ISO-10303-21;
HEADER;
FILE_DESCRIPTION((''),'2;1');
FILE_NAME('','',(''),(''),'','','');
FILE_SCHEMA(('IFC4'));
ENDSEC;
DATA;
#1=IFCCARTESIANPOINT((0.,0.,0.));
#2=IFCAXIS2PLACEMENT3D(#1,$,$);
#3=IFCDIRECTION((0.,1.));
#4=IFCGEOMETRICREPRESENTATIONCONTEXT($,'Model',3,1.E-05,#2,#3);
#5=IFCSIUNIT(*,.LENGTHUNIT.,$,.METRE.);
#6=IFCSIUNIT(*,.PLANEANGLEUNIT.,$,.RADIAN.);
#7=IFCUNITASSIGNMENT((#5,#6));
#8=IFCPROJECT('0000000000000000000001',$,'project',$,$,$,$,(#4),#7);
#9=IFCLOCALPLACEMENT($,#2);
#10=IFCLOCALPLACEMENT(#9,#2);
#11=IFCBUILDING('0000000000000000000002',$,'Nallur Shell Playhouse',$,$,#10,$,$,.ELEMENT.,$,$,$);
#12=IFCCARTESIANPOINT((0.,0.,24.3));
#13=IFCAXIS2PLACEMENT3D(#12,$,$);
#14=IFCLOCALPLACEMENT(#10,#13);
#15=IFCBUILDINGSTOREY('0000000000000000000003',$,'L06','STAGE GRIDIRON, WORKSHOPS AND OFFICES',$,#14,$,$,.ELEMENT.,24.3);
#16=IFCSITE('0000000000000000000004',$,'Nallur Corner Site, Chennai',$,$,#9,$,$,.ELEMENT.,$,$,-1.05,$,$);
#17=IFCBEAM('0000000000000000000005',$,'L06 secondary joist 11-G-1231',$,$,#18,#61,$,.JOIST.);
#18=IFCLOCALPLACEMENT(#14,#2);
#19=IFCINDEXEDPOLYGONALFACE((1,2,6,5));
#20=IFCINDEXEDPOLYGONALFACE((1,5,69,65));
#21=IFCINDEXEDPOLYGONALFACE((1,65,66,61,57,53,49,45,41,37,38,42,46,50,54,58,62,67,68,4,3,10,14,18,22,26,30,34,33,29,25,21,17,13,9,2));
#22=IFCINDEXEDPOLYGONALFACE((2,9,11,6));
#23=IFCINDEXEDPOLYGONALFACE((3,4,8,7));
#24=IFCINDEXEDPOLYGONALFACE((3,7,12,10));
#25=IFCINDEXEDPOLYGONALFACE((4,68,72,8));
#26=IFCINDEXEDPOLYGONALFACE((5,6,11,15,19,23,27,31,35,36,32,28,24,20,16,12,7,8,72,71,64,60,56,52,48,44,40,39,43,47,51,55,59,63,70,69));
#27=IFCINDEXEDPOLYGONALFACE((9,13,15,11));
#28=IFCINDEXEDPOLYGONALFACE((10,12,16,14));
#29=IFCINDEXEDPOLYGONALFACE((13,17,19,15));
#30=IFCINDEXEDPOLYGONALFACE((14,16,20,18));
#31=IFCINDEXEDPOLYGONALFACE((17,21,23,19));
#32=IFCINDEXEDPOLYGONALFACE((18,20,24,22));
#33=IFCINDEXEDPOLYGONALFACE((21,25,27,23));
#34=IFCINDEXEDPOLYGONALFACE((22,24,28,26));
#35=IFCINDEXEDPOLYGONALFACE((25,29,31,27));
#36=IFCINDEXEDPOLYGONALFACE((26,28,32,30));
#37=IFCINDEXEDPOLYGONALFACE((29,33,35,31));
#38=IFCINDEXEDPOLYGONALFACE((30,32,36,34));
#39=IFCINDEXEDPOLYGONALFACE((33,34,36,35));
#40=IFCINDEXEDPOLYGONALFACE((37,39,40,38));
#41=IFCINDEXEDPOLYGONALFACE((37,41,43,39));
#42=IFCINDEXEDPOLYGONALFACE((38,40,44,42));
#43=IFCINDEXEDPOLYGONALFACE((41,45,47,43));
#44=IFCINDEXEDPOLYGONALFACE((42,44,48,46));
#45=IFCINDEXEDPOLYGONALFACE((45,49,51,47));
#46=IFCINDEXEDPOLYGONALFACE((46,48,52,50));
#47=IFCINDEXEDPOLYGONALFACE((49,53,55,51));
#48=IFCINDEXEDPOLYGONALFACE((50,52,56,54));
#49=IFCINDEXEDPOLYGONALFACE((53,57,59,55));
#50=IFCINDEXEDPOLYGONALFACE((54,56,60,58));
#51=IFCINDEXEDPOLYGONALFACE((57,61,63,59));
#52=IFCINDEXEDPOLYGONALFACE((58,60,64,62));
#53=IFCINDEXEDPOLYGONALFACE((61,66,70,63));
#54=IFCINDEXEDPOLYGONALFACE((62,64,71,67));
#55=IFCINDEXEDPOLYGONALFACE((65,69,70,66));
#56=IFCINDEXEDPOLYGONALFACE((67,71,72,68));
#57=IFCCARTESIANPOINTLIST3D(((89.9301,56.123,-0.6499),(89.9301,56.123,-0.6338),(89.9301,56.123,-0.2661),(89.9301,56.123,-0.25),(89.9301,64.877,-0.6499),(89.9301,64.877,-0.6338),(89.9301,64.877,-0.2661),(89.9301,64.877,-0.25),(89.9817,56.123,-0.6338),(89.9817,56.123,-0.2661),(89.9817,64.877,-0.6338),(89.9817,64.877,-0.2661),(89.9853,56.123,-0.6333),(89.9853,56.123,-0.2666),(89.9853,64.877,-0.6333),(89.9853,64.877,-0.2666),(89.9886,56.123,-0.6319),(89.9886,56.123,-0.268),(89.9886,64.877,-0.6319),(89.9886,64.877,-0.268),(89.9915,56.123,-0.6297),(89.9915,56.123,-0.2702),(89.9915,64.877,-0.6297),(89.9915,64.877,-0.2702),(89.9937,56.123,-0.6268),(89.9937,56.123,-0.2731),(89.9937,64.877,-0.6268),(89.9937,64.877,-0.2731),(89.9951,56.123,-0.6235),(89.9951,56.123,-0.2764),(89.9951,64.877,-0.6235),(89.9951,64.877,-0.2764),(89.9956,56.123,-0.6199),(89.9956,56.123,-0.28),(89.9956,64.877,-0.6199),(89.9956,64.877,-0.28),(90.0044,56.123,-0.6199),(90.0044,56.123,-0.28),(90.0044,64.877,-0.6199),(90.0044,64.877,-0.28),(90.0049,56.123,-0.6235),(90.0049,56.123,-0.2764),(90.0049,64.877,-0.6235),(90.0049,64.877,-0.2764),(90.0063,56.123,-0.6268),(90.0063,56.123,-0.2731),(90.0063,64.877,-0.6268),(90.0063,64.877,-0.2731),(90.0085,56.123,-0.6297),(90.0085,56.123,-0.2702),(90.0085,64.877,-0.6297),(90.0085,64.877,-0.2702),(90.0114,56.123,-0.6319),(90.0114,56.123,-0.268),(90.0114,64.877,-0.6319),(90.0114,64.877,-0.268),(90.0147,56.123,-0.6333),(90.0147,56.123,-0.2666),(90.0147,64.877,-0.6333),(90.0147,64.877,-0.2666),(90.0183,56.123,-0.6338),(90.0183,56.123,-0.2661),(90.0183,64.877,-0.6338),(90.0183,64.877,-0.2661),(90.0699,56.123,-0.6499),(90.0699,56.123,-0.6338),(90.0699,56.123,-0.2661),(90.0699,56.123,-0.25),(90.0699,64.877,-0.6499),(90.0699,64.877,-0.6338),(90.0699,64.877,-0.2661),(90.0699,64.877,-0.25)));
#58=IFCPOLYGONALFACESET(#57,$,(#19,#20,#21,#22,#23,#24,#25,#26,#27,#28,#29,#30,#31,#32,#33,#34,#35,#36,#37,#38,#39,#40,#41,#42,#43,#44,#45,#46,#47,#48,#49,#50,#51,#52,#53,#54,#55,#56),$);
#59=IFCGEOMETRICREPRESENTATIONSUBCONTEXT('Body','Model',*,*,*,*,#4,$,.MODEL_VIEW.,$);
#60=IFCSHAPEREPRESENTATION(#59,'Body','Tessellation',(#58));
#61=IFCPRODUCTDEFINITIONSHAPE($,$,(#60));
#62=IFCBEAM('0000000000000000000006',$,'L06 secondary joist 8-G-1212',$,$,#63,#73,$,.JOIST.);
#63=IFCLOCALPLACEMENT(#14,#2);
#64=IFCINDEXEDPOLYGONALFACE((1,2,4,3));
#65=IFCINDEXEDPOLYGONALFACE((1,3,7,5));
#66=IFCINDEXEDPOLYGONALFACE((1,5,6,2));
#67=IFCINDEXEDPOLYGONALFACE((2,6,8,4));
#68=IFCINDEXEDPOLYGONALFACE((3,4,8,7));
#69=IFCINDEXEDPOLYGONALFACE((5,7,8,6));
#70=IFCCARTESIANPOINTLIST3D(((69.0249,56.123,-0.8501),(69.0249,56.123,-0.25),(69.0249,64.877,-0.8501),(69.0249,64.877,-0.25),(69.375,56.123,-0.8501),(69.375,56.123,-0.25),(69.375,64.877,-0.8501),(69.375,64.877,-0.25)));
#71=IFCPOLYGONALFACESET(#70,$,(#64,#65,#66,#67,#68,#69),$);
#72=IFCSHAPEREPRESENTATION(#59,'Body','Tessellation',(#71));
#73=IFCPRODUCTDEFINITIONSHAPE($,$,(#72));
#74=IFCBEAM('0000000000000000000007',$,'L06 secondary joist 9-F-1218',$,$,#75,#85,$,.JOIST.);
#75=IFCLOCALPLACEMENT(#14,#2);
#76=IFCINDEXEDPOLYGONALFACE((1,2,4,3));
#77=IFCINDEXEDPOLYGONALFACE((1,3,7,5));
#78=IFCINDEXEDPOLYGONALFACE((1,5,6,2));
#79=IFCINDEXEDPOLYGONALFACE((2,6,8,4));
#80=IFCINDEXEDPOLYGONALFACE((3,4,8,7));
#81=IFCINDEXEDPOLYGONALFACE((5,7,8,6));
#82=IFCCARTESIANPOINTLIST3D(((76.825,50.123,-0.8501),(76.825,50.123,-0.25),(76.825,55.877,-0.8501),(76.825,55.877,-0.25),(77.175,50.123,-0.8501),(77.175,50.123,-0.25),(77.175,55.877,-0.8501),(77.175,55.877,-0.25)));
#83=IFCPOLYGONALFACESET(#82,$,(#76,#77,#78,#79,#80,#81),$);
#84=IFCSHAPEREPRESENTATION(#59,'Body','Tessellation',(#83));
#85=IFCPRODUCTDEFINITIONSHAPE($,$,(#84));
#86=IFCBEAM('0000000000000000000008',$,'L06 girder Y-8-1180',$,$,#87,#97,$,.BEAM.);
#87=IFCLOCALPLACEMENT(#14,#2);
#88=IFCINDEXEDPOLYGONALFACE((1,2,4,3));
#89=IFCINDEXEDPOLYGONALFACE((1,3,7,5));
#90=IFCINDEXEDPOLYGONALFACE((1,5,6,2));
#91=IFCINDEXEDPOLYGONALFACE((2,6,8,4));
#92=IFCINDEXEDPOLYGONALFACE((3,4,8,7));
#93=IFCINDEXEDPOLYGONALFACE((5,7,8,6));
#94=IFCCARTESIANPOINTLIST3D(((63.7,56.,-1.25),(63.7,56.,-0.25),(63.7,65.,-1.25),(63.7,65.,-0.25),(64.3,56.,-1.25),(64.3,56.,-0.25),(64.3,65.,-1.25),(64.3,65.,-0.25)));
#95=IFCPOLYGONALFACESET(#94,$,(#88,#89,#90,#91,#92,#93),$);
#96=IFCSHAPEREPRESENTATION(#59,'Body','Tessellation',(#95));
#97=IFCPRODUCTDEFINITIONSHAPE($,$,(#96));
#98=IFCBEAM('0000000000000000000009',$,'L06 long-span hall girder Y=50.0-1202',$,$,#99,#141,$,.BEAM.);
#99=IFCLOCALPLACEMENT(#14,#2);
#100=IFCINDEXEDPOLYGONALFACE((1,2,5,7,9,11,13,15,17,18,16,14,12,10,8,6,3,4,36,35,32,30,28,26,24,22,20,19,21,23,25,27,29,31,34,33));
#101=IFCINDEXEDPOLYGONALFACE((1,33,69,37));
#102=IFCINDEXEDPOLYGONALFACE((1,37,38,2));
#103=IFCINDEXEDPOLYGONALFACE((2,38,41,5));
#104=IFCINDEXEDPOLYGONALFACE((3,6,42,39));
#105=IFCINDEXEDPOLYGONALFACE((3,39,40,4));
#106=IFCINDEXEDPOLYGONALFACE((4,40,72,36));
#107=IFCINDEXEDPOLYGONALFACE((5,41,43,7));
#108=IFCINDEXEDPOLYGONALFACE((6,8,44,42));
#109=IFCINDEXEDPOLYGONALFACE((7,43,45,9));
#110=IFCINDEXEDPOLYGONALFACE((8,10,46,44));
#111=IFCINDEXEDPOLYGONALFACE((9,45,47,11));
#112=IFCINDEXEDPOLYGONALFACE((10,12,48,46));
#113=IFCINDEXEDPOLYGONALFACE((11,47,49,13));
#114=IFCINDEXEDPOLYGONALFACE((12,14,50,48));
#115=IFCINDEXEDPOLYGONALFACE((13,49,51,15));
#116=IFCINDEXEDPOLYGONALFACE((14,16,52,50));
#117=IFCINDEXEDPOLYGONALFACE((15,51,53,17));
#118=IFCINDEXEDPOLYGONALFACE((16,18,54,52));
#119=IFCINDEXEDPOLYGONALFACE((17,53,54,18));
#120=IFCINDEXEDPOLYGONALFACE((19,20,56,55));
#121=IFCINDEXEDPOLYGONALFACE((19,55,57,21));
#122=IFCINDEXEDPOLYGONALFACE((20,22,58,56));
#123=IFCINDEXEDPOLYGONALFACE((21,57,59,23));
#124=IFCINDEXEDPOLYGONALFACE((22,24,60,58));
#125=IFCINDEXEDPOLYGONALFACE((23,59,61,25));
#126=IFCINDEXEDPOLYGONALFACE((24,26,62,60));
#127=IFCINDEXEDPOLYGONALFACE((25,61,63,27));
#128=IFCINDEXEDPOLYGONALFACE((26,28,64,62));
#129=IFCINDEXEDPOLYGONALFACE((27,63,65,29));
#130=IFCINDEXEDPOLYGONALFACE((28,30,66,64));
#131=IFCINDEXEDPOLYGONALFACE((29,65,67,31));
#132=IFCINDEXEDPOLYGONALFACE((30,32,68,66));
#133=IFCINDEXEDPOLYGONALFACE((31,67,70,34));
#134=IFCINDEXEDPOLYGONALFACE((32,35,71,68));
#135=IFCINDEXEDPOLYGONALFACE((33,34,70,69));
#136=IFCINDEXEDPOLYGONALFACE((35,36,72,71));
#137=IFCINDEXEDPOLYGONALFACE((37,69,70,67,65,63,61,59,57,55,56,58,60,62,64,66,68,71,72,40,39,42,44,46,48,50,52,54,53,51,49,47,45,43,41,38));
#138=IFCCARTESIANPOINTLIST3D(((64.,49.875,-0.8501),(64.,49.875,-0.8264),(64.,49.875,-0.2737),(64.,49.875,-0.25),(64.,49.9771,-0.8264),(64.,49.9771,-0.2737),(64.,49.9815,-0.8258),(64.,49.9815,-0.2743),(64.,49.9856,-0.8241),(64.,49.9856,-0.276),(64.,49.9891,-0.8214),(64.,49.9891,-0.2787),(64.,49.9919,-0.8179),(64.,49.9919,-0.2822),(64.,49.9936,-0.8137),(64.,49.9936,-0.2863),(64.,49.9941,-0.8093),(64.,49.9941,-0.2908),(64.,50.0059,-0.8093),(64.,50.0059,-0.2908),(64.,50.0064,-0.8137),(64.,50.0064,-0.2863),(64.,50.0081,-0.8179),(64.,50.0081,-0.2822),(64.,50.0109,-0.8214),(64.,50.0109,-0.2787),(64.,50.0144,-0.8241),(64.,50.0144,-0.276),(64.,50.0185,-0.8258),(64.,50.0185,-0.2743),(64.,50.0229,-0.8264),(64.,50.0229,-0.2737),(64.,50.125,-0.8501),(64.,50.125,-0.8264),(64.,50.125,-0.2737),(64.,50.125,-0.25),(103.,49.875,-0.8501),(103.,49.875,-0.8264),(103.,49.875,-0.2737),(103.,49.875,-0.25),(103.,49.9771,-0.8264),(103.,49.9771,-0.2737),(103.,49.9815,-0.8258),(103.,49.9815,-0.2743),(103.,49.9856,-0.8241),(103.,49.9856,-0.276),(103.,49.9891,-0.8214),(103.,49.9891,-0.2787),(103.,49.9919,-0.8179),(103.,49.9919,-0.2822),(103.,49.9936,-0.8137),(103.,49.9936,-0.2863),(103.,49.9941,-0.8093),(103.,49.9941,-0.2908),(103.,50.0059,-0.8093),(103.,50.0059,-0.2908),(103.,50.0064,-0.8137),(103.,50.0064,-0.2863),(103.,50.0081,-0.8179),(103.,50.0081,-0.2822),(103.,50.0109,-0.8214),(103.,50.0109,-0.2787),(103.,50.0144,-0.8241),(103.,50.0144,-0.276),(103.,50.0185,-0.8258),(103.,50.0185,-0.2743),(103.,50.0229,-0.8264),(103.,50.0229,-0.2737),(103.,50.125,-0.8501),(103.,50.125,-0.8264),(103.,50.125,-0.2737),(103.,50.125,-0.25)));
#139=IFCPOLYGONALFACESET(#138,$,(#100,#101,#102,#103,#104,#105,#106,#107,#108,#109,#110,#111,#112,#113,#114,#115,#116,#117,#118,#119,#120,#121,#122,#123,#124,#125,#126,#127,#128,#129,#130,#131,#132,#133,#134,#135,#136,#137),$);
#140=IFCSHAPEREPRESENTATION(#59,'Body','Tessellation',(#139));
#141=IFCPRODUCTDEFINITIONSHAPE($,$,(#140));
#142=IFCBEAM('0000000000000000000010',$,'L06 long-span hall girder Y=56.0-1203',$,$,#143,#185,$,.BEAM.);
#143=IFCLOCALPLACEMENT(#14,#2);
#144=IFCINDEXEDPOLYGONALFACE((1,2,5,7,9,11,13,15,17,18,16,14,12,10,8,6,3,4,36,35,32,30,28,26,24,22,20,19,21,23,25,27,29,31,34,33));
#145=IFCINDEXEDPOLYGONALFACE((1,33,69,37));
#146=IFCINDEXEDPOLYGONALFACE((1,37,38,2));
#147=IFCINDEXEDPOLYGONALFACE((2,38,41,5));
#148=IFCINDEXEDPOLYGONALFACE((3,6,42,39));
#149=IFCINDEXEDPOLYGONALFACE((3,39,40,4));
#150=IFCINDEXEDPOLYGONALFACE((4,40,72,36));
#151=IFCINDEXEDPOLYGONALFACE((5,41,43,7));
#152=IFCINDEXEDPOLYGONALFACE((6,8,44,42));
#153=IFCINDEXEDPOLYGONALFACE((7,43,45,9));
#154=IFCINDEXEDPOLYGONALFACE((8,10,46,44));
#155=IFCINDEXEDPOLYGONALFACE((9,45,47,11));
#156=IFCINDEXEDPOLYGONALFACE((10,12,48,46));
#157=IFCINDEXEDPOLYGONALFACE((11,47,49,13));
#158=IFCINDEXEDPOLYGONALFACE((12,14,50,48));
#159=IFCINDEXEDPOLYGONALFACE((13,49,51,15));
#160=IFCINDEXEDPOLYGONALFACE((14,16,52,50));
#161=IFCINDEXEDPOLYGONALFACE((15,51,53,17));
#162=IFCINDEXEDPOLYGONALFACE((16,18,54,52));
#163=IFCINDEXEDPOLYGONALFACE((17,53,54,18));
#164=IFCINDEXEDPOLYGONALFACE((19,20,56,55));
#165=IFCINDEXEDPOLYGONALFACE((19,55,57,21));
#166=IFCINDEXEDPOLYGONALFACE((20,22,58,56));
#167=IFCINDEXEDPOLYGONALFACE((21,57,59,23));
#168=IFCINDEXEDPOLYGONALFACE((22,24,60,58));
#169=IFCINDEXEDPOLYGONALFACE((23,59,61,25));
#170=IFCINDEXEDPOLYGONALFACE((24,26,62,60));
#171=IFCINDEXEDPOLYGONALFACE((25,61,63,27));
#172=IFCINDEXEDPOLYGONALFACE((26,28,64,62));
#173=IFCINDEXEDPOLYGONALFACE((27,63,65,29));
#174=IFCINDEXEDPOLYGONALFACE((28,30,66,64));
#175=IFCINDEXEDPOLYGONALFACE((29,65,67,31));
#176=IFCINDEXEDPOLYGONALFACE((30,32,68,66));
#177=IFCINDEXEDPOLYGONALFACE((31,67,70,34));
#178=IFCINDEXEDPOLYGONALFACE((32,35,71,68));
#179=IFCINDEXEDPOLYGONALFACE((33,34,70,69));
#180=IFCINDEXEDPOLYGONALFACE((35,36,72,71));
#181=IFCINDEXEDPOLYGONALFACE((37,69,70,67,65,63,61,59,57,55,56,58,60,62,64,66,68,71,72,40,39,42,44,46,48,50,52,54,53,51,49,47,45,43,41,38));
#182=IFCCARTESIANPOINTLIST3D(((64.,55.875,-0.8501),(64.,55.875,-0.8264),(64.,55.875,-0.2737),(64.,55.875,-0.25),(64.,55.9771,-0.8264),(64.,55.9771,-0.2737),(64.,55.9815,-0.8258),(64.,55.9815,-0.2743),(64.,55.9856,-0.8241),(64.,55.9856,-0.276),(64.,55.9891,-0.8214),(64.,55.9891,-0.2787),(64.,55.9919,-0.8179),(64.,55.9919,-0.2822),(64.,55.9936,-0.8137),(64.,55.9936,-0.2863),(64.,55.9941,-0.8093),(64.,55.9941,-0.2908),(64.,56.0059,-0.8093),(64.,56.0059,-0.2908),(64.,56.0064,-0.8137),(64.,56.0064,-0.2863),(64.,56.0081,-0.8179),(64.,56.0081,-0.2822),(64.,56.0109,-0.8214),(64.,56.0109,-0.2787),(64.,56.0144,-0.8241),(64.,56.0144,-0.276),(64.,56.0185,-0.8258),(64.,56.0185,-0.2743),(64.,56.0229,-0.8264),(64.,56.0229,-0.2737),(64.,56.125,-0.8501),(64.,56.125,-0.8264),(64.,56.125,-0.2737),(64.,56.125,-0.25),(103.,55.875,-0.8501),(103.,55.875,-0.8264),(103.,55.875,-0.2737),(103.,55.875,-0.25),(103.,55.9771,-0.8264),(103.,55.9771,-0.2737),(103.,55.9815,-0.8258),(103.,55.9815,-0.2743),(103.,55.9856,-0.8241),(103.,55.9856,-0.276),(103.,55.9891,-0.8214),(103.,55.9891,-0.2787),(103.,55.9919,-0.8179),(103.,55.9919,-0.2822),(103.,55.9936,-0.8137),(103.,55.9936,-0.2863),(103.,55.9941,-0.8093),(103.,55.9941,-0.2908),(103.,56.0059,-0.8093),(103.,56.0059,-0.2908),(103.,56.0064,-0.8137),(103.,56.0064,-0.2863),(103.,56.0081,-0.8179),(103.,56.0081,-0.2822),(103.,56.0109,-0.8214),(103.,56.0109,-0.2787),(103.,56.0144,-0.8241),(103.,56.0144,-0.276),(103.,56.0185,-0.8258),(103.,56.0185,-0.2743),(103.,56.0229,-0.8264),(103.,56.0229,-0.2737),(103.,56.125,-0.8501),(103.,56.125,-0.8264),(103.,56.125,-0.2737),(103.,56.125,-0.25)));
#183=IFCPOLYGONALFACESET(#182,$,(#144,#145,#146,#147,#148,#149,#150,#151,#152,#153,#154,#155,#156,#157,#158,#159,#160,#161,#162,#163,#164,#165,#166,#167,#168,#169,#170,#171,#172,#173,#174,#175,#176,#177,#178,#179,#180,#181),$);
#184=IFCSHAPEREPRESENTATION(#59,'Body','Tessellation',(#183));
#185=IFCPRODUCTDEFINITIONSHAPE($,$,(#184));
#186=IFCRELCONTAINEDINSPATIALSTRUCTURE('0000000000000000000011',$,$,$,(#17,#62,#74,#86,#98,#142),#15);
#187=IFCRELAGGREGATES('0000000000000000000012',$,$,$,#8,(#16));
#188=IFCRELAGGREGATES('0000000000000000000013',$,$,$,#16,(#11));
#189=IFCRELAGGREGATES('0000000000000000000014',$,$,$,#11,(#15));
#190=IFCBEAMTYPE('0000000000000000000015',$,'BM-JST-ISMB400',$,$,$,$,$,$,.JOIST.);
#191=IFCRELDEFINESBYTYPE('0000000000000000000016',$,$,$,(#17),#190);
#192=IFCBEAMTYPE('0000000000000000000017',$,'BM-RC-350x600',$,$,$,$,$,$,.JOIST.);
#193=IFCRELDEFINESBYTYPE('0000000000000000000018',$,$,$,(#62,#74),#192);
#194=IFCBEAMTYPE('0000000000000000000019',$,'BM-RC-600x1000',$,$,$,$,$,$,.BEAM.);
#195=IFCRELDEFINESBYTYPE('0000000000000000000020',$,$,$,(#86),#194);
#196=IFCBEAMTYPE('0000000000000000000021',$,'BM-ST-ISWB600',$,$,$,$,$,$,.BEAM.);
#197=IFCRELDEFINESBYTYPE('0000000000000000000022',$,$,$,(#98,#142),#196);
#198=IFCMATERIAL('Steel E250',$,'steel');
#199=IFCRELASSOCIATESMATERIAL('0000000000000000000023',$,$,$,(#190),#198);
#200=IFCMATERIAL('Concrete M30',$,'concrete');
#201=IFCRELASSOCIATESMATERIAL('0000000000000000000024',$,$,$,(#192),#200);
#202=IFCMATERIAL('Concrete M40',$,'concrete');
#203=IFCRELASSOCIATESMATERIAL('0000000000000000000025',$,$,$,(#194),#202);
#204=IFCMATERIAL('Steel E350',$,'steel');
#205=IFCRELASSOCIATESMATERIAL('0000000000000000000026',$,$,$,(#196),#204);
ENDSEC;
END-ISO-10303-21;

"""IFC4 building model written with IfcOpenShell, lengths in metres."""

from ifc_helpers import new_model, si_unit, direction, frame, origin, origin_2d, place, context, subcontext, project, spatial, rectangle, i_section, extrude, material, material_profile, profile_set, type_object, element, save


model = new_model("IFC4")

# Units and contexts
model_context = context("Model", 3, precision=1e-05, world=origin(), true_north=direction((0.0, 1.0)))
body_context = subcontext(model_context, "Body", "Model", "MODEL_VIEW")
ifc_project = project(units=[si_unit("LENGTHUNIT", "METRE"), si_unit("PLANEANGLEUNIT", "RADIAN")], contexts=[model_context])

# Site, building, storey
site_placement = place(None, origin())
site = spatial("IfcSite", under=ifc_project, at=site_placement, Name="Nallur Corner Site, Chennai", CompositionType="ELEMENT", RefElevation=-1.05)
building_placement = place(site_placement, origin())
building = spatial("IfcBuilding", under=site, at=building_placement, Name="Nallur Shell Playhouse", CompositionType="ELEMENT")
storey_placement = place(building_placement, frame((0.0, 0.0, 24.3)))
storey = spatial("IfcBuildingStorey", under=building, at=storey_placement, Name="L06", Description="STAGE GRIDIRON, WORKSHOPS AND OFFICES", CompositionType="ELEMENT", Elevation=24.3)

# Shared definitions
ifc_material_1 = material(Name="Steel E350", Category="steel")

# Beams
ifc_material_2 = material(Name="Steel E250", Category="steel")
ifc_material_profile_1 = material_profile(ifc_material_2, i_section(OverallWidth=0.1399, OverallDepth=0.3999, WebThickness=0.0088, FlangeThickness=0.0161, FilletRadius=0.0139, at=origin_2d()), Name="ISMB 400")
ifc_profile_set_1 = profile_set([ifc_material_profile_1], Name="Steel E250")
beam_type_1 = type_object("IfcBeamType", Name="BM-JST-ISMB400", PredefinedType="JOIST", material=ifc_profile_set_1)
beam_1_placement = place(storey_placement, frame((90.0, 56.123, -0.45), z_axis=(0.0, 1.0, 0.0), x_axis=(-1.0, 0.0, 0.0)))
element("IfcBeam", 1, at=beam_1_placement, inside=storey, type_object=beam_type_1, Name="L06 secondary joist 11-G-1231", PredefinedType="JOIST", context=body_context, shape_type="SweptSolid", body=[
    extrude(i_section(OverallWidth=0.1399, OverallDepth=0.3999, WebThickness=0.0088, FlangeThickness=0.0161, FilletRadius=0.0139, at=origin_2d()), origin(), (0.0, 0.0, 1.0), 8.7539),
])
ifc_material_3 = material(Name="Concrete M30", Category="concrete")
ifc_material_profile_2 = material_profile(ifc_material_3, rectangle(XDim=0.3501, YDim=0.6001, at=origin_2d()), Name="RC 350x600")
ifc_profile_set_2 = profile_set([ifc_material_profile_2], Name="Concrete M30")
beam_type_2 = type_object("IfcBeamType", Name="BM-RC-350x600", PredefinedType="JOIST", material=ifc_profile_set_2)
beam_2_placement = place(storey_placement, frame((69.2, 56.123, -0.55), z_axis=(0.0, 1.0, 0.0), x_axis=(-1.0, 0.0, 0.0)))
element("IfcBeam", 2, at=beam_2_placement, inside=storey, type_object=beam_type_2, Name="L06 secondary joist 8-G-1212", PredefinedType="JOIST", context=body_context, shape_type="SweptSolid", body=[
    extrude(rectangle(XDim=0.3501, YDim=0.6001, at=origin_2d()), origin(), (0.0, 0.0, 1.0), 8.7539),
])
beam_3_placement = place(storey_placement, frame((77.0, 50.123, -0.55), z_axis=(0.0, 1.0, 0.0), x_axis=(-1.0, 0.0, 0.0)))
element("IfcBeam", 3, at=beam_3_placement, inside=storey, type_object=beam_type_2, Name="L06 secondary joist 9-F-1218", PredefinedType="JOIST", context=body_context, shape_type="SweptSolid", body=[
    extrude(rectangle(XDim=0.3501, YDim=0.6001, at=origin_2d()), origin(), (0.0, 0.0, 1.0), 5.7539),
])
ifc_material_4 = material(Name="Concrete M40", Category="concrete")
ifc_material_profile_3 = material_profile(ifc_material_4, rectangle(XDim=0.6001, YDim=1.0, at=origin_2d()), Name="RC 600x1000")
ifc_profile_set_3 = profile_set([ifc_material_profile_3], Name="Concrete M40")
beam_type_3 = type_object("IfcBeamType", Name="BM-RC-600x1000", PredefinedType="BEAM", material=ifc_profile_set_3)
beam_4_placement = place(storey_placement, frame((64.0, 56.0, -0.75), z_axis=(0.0, 1.0, 0.0), x_axis=(-1.0, 0.0, 0.0)))
element("IfcBeam", 4, at=beam_4_placement, inside=storey, type_object=beam_type_3, Name="L06 girder Y-8-1180", PredefinedType="BEAM", context=body_context, shape_type="SweptSolid", body=[
    extrude(rectangle(XDim=0.6001, YDim=1.0, at=origin_2d()), origin(), (0.0, 0.0, 1.0), 9.0),
])
ifc_material_profile_4 = material_profile(ifc_material_1, i_section(OverallWidth=0.25, OverallDepth=0.6001, WebThickness=0.0117, FlangeThickness=0.0237, FilletRadius=0.0171, at=origin_2d()), Name="ISWB 600")
ifc_profile_set_4 = profile_set([ifc_material_profile_4], Name="Steel E350")
beam_type_4 = type_object("IfcBeamType", Name="BM-ST-ISWB600", PredefinedType="BEAM", material=ifc_profile_set_4)
for number, where, z_axis, x_axis, name in (
    (5, (64.0, 50.0, -0.55), (1.0, 0.0, 0.0), (0.0, 1.0, 0.0), "L06 long-span hall girder Y=50.0-1202"),
    (6, (64.0, 56.0, -0.55), (1.0, 0.0, 0.0), (0.0, 1.0, 0.0), "L06 long-span hall girder Y=56.0-1203"),
):
    element("IfcBeam", number, at=place(storey_placement, frame(where, z_axis=z_axis, x_axis=x_axis)), inside=storey, type_object=beam_type_4, Name=name, PredefinedType="BEAM", context=body_context, shape_type="SweptSolid", body=[
        extrude(i_section(OverallWidth=0.25, OverallDepth=0.6001, WebThickness=0.0117, FlangeThickness=0.0237, FilletRadius=0.0171, at=origin_2d()), origin(), (0.0, 0.0, 1.0), 39.0),
    ])

save(model, "model.ifc")
